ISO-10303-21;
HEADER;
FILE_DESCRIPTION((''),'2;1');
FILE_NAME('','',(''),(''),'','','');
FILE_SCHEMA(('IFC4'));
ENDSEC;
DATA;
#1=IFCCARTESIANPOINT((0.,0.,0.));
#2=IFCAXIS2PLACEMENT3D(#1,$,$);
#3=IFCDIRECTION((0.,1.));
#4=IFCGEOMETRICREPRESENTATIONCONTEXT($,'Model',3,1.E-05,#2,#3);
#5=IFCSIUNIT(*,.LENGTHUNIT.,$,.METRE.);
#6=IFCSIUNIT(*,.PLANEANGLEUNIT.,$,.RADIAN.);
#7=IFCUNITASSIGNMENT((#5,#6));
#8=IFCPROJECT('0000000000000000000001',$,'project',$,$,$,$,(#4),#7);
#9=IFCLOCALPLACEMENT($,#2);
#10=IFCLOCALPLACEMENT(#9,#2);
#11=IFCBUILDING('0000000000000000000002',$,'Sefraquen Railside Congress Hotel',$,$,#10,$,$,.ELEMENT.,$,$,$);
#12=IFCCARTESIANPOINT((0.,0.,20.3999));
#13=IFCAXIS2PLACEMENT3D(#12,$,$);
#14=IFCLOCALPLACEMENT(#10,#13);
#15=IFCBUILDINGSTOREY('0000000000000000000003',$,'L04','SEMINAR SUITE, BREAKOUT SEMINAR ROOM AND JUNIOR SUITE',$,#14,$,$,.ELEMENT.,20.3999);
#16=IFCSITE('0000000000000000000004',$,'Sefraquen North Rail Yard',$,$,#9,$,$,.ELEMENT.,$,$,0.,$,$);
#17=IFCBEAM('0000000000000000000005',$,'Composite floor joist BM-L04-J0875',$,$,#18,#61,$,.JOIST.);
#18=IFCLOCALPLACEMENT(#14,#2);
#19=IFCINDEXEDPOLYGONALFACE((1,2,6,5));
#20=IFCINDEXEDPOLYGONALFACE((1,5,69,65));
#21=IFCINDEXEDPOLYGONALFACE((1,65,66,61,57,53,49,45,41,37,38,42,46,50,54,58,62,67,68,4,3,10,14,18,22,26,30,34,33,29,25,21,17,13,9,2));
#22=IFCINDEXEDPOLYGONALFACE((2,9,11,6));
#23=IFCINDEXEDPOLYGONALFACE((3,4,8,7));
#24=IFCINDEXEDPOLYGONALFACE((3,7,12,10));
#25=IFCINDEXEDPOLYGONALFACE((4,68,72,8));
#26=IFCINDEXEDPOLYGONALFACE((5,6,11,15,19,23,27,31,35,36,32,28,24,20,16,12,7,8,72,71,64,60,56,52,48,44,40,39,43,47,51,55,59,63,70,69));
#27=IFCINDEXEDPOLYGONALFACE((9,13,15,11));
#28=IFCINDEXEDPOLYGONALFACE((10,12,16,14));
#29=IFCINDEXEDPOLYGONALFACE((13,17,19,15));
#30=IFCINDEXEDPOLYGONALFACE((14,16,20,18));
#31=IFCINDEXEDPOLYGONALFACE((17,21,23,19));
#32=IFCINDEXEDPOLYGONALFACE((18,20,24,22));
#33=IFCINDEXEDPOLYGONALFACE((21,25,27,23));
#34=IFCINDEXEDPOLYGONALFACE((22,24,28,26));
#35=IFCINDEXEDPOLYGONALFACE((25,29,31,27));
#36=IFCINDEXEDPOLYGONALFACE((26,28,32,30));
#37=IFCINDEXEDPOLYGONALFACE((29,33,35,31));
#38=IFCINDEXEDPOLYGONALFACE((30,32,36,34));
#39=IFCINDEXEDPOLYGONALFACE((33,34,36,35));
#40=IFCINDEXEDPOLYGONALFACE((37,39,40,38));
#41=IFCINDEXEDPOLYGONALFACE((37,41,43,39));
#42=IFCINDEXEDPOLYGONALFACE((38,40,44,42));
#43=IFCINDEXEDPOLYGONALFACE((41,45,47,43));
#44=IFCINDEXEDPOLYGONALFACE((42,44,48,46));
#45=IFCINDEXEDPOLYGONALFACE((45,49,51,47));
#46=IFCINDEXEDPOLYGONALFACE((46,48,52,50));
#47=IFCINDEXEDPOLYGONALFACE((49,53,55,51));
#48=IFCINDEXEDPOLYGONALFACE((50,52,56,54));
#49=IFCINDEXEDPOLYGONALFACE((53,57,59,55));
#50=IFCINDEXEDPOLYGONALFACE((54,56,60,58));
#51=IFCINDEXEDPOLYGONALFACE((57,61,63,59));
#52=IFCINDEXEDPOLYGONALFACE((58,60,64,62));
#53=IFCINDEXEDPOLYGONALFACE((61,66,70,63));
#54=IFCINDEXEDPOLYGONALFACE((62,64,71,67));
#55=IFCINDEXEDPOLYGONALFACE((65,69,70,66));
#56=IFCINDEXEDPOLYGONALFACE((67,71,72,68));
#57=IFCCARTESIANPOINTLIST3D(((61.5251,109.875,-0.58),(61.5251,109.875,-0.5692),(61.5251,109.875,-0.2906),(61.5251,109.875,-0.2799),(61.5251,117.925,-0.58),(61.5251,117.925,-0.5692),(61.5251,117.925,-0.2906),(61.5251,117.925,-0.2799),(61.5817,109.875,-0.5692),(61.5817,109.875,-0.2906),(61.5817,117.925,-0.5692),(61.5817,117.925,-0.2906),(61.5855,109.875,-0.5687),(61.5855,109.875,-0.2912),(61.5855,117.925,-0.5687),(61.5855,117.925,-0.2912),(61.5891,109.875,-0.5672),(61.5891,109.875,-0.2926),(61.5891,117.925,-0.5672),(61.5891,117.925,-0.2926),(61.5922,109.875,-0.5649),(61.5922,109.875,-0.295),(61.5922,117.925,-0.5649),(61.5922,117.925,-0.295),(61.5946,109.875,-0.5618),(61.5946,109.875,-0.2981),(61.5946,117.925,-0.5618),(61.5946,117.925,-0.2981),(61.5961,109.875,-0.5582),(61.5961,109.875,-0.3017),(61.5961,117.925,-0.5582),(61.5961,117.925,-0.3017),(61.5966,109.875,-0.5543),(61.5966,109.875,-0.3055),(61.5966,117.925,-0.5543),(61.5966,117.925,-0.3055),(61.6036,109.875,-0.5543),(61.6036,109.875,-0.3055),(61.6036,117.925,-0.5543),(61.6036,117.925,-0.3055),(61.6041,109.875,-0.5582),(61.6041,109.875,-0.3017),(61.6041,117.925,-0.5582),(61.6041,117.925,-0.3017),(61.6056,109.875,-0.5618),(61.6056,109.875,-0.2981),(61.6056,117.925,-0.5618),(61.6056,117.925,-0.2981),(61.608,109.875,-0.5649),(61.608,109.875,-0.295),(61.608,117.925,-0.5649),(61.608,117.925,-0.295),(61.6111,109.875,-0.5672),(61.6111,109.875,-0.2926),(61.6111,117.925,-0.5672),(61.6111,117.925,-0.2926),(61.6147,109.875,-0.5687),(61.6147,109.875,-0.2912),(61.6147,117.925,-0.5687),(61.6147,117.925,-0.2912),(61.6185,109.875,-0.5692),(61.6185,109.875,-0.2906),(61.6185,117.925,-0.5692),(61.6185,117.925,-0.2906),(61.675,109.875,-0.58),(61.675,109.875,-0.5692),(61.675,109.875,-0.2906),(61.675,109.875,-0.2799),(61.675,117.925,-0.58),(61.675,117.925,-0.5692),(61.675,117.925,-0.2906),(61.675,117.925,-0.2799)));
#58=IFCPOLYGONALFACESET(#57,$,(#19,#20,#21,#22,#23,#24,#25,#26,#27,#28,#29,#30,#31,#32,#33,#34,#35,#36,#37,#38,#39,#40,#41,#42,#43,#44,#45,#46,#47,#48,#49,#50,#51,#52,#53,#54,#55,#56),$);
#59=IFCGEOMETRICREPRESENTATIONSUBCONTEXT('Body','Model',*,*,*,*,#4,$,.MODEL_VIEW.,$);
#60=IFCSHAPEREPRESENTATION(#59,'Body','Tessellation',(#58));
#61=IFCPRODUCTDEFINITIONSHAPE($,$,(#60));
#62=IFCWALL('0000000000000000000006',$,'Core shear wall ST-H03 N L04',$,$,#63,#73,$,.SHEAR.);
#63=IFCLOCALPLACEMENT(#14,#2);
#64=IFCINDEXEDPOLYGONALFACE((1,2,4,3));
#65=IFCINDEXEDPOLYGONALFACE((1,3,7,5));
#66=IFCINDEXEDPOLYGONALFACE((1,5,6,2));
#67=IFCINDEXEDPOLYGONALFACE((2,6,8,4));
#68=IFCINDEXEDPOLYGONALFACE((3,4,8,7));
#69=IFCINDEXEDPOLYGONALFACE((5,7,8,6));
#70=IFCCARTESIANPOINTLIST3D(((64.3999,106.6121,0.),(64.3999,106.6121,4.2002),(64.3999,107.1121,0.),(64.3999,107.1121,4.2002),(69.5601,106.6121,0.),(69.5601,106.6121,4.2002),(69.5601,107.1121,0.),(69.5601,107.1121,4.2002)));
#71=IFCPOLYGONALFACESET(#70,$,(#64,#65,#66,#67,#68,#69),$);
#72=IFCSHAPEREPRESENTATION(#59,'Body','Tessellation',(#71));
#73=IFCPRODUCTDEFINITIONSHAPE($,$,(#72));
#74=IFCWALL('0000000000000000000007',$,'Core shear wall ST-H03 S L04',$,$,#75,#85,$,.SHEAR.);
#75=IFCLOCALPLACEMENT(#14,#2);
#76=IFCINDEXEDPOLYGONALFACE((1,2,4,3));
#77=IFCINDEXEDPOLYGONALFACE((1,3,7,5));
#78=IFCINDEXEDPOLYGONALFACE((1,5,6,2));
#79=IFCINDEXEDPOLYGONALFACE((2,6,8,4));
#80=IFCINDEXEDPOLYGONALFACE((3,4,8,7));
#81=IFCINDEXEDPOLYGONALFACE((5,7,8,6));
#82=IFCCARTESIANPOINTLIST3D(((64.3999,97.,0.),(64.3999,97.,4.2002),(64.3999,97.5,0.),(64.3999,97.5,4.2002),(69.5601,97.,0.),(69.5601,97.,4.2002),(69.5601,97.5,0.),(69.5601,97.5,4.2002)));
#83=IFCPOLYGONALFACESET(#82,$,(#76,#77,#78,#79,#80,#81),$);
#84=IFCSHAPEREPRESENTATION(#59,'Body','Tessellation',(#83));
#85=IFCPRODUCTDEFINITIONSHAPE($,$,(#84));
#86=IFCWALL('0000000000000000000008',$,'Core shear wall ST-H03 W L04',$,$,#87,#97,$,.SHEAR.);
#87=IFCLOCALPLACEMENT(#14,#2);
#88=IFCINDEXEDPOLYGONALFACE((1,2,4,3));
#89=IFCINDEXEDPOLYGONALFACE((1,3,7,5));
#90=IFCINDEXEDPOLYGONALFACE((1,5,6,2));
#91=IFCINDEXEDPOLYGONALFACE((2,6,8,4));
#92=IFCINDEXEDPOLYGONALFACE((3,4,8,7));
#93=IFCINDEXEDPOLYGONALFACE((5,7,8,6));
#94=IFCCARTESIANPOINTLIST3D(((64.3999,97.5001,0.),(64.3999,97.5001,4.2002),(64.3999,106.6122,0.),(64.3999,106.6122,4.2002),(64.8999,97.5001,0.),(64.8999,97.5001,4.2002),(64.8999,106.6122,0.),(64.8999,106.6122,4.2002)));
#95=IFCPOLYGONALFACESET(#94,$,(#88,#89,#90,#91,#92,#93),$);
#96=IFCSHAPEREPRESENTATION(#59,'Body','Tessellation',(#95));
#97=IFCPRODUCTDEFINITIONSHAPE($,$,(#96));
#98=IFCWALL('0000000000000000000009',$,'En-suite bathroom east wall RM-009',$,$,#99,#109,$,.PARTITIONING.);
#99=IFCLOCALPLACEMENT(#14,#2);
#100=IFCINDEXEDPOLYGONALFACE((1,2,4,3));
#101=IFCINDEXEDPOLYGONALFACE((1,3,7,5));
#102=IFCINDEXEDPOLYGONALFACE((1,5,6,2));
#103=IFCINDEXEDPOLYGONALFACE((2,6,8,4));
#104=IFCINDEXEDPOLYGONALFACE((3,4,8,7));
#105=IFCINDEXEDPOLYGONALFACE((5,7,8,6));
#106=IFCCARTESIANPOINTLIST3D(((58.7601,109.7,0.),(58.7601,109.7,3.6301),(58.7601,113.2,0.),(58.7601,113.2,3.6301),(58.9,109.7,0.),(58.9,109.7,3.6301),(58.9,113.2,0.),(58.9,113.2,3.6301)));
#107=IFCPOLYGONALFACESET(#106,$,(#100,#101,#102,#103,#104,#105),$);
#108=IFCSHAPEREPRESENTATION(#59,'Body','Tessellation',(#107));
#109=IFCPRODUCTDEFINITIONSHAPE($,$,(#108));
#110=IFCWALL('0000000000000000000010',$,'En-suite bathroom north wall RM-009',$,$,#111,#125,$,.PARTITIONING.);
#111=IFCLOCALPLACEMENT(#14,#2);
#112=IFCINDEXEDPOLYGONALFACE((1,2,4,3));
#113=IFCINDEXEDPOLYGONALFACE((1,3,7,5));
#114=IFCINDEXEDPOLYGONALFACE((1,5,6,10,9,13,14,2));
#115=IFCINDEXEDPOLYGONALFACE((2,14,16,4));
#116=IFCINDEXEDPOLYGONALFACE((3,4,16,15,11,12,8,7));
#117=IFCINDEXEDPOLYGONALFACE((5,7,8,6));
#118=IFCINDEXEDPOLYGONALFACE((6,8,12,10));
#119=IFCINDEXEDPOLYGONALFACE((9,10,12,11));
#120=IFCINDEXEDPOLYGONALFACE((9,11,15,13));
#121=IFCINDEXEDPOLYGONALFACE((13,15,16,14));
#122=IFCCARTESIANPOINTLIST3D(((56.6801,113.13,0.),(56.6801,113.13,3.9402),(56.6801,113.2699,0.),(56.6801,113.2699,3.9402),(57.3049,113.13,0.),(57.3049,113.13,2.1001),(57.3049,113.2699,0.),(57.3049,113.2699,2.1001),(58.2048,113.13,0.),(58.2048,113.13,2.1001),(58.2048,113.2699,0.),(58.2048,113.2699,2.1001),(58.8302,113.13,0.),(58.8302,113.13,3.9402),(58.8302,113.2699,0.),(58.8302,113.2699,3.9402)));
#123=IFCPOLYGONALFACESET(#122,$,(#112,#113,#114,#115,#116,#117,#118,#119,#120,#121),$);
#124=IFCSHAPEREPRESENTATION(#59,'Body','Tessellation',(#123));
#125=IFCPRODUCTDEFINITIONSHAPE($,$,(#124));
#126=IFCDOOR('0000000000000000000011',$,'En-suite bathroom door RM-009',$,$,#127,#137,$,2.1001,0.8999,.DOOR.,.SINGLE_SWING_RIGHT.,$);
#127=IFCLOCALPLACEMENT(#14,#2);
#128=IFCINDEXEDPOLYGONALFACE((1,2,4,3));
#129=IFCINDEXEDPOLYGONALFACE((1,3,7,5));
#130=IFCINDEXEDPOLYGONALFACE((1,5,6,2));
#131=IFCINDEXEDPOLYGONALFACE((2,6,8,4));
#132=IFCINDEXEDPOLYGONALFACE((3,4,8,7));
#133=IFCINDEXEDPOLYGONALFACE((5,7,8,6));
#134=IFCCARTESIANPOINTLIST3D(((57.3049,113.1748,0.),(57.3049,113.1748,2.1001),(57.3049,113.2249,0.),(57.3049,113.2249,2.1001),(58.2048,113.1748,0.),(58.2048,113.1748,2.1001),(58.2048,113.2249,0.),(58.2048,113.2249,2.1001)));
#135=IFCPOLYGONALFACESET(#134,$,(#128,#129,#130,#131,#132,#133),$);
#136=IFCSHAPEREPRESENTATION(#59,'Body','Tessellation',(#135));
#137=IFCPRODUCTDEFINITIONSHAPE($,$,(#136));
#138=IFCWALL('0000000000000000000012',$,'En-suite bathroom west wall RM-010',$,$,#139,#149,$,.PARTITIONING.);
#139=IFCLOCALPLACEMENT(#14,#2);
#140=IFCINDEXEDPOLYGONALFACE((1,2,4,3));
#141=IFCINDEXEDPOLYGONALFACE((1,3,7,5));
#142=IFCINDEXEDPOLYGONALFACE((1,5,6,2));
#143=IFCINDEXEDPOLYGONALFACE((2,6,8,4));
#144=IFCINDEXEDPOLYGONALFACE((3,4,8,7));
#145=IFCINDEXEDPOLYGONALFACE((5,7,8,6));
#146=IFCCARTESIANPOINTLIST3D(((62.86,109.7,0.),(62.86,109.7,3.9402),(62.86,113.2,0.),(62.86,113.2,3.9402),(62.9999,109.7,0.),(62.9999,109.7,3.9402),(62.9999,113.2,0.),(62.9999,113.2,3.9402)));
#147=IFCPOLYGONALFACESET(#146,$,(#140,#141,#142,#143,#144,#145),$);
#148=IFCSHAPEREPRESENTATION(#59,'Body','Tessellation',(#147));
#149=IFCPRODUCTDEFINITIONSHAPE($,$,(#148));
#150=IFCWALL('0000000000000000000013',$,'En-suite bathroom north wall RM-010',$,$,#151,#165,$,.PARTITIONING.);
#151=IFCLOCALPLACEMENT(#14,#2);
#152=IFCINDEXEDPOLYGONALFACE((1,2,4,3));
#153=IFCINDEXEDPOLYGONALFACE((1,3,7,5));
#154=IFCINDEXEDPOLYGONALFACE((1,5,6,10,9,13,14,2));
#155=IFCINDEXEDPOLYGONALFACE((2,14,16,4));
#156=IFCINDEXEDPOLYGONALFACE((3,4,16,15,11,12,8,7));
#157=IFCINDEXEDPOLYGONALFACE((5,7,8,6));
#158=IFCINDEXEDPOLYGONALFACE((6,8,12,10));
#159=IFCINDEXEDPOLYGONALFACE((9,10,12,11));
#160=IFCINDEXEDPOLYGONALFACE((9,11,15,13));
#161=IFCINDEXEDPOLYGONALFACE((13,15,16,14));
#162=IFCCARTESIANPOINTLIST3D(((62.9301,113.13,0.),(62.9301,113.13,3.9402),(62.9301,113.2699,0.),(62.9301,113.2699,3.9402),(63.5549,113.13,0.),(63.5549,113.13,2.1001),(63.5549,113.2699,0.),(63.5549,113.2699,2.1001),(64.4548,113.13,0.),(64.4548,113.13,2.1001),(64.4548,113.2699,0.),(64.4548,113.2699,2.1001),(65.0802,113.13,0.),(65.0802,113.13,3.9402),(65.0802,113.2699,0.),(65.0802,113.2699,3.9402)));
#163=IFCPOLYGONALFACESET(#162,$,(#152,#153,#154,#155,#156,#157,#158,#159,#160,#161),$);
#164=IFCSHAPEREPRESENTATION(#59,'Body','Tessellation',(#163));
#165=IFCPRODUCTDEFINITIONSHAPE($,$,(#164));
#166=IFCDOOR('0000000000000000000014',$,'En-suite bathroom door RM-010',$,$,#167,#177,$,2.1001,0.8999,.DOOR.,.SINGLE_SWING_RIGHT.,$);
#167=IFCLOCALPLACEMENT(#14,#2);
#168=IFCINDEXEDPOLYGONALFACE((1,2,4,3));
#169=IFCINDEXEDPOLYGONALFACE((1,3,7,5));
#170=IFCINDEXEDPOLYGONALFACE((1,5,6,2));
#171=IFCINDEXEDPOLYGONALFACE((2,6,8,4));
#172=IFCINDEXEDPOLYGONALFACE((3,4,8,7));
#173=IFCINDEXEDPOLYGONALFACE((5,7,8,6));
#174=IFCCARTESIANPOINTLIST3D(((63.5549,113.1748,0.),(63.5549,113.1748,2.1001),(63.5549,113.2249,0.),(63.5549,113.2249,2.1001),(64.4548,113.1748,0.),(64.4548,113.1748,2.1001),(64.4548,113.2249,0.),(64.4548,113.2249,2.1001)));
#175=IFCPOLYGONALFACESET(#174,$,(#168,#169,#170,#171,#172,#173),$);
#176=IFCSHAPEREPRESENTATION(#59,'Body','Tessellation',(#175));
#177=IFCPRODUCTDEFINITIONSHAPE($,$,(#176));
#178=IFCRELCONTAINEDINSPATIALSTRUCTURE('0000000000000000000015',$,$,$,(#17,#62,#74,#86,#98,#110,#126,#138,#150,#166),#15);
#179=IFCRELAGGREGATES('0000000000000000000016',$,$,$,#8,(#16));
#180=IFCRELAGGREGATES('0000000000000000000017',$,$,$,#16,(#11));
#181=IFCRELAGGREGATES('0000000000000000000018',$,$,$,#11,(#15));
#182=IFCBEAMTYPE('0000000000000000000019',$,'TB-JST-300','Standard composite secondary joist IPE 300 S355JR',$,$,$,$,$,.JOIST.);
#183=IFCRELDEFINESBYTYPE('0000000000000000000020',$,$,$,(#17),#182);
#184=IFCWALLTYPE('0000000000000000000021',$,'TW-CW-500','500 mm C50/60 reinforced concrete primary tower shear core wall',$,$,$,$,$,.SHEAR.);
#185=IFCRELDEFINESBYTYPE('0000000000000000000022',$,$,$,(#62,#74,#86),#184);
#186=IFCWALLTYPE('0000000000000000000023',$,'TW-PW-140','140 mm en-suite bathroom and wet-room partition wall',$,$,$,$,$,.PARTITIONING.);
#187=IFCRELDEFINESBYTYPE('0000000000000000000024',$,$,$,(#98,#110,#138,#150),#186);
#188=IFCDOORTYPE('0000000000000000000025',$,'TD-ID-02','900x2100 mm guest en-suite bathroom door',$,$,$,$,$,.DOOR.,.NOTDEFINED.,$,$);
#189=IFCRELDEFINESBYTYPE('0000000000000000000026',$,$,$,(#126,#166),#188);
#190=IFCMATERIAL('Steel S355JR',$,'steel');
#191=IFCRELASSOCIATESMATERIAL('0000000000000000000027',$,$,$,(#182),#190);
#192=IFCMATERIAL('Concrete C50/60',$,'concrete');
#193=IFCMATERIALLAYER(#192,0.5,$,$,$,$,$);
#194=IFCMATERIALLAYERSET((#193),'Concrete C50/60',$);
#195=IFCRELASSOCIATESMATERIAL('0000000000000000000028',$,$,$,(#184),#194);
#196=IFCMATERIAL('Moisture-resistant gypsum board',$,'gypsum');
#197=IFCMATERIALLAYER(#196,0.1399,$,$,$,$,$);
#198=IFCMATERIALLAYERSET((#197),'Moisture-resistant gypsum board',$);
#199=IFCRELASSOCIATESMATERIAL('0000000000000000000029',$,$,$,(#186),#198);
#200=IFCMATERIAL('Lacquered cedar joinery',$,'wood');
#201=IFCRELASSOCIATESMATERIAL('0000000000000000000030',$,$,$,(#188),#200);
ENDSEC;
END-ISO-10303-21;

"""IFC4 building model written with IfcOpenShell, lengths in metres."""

from ifc_helpers import new_model, si_unit, direction, frame, frame_2d, origin, origin_2d, place, context, subcontext, project, spatial, rectangle, i_section, extrude, material, layer, layer_set, material_profile, profile_set, type_object, element, fill, save


model = new_model("IFC4")

# Units and contexts
model_context = context("Model", 3, precision=1e-05, world=origin(), true_north=direction((0.0, 1.0)))
body_context = subcontext(model_context, "Body", "Model", "MODEL_VIEW")
ifc_project = project(units=[si_unit("LENGTHUNIT", "METRE"), si_unit("PLANEANGLEUNIT", "RADIAN")], contexts=[model_context])

# Site, building, storey
site_placement = place(None, origin())
site = spatial("IfcSite", under=ifc_project, at=site_placement, Name="Sefraquen North Rail Yard", CompositionType="ELEMENT", RefElevation=0.0)
building_placement = place(site_placement, origin())
building = spatial("IfcBuilding", under=site, at=building_placement, Name="Sefraquen Railside Congress Hotel", CompositionType="ELEMENT")
storey_placement = place(building_placement, frame((0.0, 0.0, 20.3999)))
storey = spatial("IfcBuildingStorey", under=building, at=storey_placement, Name="L04", Description="SEMINAR SUITE, BREAKOUT SEMINAR ROOM AND JUNIOR SUITE", CompositionType="ELEMENT", Elevation=20.3999)

# Shared definitions
ifc_material_1 = material(Name="Steel S355JR", Category="steel")

# Beam
ifc_material_profile_1 = material_profile(ifc_material_1, i_section(OverallWidth=0.1499, OverallDepth=0.3, WebThickness=0.0071, FlangeThickness=0.0107, FilletRadius=0.0149, at=origin_2d()), Name="IPE 300")
ifc_profile_set_1 = profile_set([ifc_material_profile_1], Name="Steel S355JR")
beam_type_1 = type_object("IfcBeamType", Name="TB-JST-300", Description="Standard composite secondary joist IPE 300 S355JR", PredefinedType="JOIST", material=ifc_profile_set_1)
for number, where, z_axis, x_axis, name in (
    (1, (61.6001, 109.875, -0.4299), (0.0, 1.0, 0.0), (-1.0, 0.0, 0.0), "Composite floor joist BM-L04-J0875"),
):
    element("IfcBeam", number, at=place(storey_placement, frame(where, z_axis=z_axis, x_axis=x_axis)), inside=storey, type_object=beam_type_1, Name=name, PredefinedType="JOIST", context=body_context, shape_type="SweptSolid", body=[
        extrude(i_section(OverallWidth=0.1499, OverallDepth=0.3, WebThickness=0.0071, FlangeThickness=0.0107, FilletRadius=0.0149, at=origin_2d()), origin(), (0.0, 0.0, 1.0), 8.05),
    ])

# Walls
ifc_material_2 = material(Name="Concrete C50/60", Category="concrete")
ifc_layer_1 = layer(ifc_material_2, 0.5)
ifc_layer_set_1 = layer_set([ifc_layer_1], Name="Concrete C50/60")
wall_type_1 = type_object("IfcWallType", Name="TW-CW-500", Description="500 mm C50/60 reinforced concrete primary tower shear core wall", PredefinedType="SHEAR", material=ifc_layer_set_1)
for number, where, z_axis, x_axis, name in (
    (2, (64.3999, 106.8621, 0.0), (0.0, 0.0, 1.0), (1.0, 0.0, 0.0), "Core shear wall ST-H03 N L04"),
    (3, (64.3999, 97.25, 0.0), (0.0, 0.0, 1.0), (1.0, 0.0, 0.0), "Core shear wall ST-H03 S L04"),
):
    element("IfcWall", number, at=place(storey_placement, frame(where, z_axis=z_axis, x_axis=x_axis)), inside=storey, type_object=wall_type_1, Name=name, PredefinedType="SHEAR", context=body_context, shape_type="SweptSolid", body=[
        extrude(rectangle(XDim=5.1602, YDim=0.5, at=frame_2d((2.5801, 0.0))), origin(), (0.0, 0.0, 1.0), 4.2002),
    ])
wall_1_placement = place(storey_placement, frame((64.6499, 97.5, 0.0), z_axis=(0.0, 0.0, 1.0), x_axis=(0.0, 1.0, 0.0)))
element("IfcWall", 4, at=wall_1_placement, inside=storey, type_object=wall_type_1, Name="Core shear wall ST-H03 W L04", PredefinedType="SHEAR", context=body_context, shape_type="SweptSolid", body=[
    extrude(rectangle(XDim=9.1121, YDim=0.5, at=frame_2d((4.5562, 0.0))), origin(), (0.0, 0.0, 1.0), 4.2002),
])
ifc_material_3 = material(Name="Moisture-resistant gypsum board", Category="gypsum")
ifc_layer_2 = layer(ifc_material_3, 0.1399)
ifc_layer_set_2 = layer_set([ifc_layer_2], Name="Moisture-resistant gypsum board")
wall_type_2 = type_object("IfcWallType", Name="TW-PW-140", Description="140 mm en-suite bathroom and wet-room partition wall", PredefinedType="PARTITIONING", material=ifc_layer_set_2)
wall_2_placement = place(storey_placement, frame((58.8301, 109.7, 0.0), z_axis=(0.0, 0.0, 1.0), x_axis=(0.0, 1.0, 0.0)))
element("IfcWall", 5, at=wall_2_placement, inside=storey, type_object=wall_type_2, Name="En-suite bathroom east wall RM-009", PredefinedType="PARTITIONING", context=body_context, shape_type="SweptSolid", body=[
    extrude(rectangle(XDim=3.5, YDim=0.1399, at=frame_2d((1.75, 0.0))), origin(), (0.0, 0.0, 1.0), 3.6301),
])

# Wall, opening, door
wall_3_placement = place(storey_placement, frame((56.6799, 113.2, 0.0), z_axis=(0.0, 0.0, 1.0), x_axis=(1.0, 0.0, 0.0)))
wall_3 = element("IfcWall", 6, at=wall_3_placement, inside=storey, type_object=wall_type_2, Name="En-suite bathroom north wall RM-009", PredefinedType="PARTITIONING", context=body_context, shape_type="SweptSolid", body=[
    extrude(rectangle(XDim=2.1501, YDim=0.1399, at=frame_2d((1.0752, 0.0))), origin(), (0.0, 0.0, 1.0), 3.9402),
])
opening_1_placement = place(wall_3_placement, frame((0.625, 0.0, 0.0)))
opening_1 = element("IfcOpeningElement", 7, at=opening_1_placement, cuts=wall_3, PredefinedType="OPENING", context=body_context, shape_type="SweptSolid", body=[
    extrude(rectangle(XDim=0.8999, YDim=2.1001, at=frame_2d((0.45, 1.05))), frame((0.0, 0.0798, 0.0), z_axis=(0.0, -1.0, 0.0), x_axis=(1.0, 0.0, 0.0)), (0.0, 0.0, 1.0), 0.1599),
])
ifc_material_4 = material(Name="Lacquered cedar joinery", Category="wood")
door_type = type_object("IfcDoorType", Name="TD-ID-02", Description="900x2100 mm guest en-suite bathroom door", OperationType="NOTDEFINED", PredefinedType="DOOR", material=ifc_material_4)
door_1_placement = place(opening_1_placement, origin())
door_1 = element("IfcDoor", 8, at=door_1_placement, inside=storey, type_object=door_type, Name="En-suite bathroom door RM-009", OperationType="SINGLE_SWING_RIGHT", OverallHeight=2.1001, OverallWidth=0.8999, PredefinedType="DOOR", context=body_context, shape_type="SweptSolid", body=[
    extrude(rectangle(XDim=0.8999, YDim=2.1001, at=frame_2d((0.45, 1.05))), frame((0.0, 0.0249, 0.0), z_axis=(0.0, -1.0, 0.0), x_axis=(1.0, 0.0, 0.0)), (0.0, 0.0, 1.0), 0.05),
])
fill(opening_1, door_1)

# Wall
wall_4_placement = place(storey_placement, frame((62.9299, 109.7, 0.0), z_axis=(0.0, 0.0, 1.0), x_axis=(0.0, 1.0, 0.0)))
element("IfcWall", 9, at=wall_4_placement, inside=storey, type_object=wall_type_2, Name="En-suite bathroom west wall RM-010", PredefinedType="PARTITIONING", context=body_context, shape_type="SweptSolid", body=[
    extrude(rectangle(XDim=3.5, YDim=0.1399, at=frame_2d((1.75, 0.0))), origin(), (0.0, 0.0, 1.0), 3.9402),
])

# Wall, opening, door
wall_5_placement = place(storey_placement, frame((62.9299, 113.2, 0.0), z_axis=(0.0, 0.0, 1.0), x_axis=(1.0, 0.0, 0.0)))
wall_5 = element("IfcWall", 10, at=wall_5_placement, inside=storey, type_object=wall_type_2, Name="En-suite bathroom north wall RM-010", PredefinedType="PARTITIONING", context=body_context, shape_type="SweptSolid", body=[
    extrude(rectangle(XDim=2.1501, YDim=0.1399, at=frame_2d((1.0752, 0.0))), origin(), (0.0, 0.0, 1.0), 3.9402),
])
opening_2_placement = place(wall_5_placement, frame((0.625, 0.0, 0.0)))
opening_2 = element("IfcOpeningElement", 11, at=opening_2_placement, cuts=wall_5, PredefinedType="OPENING", context=body_context, shape_type="SweptSolid", body=[
    extrude(rectangle(XDim=0.8999, YDim=2.1001, at=frame_2d((0.45, 1.05))), frame((0.0, 0.0798, 0.0), z_axis=(0.0, -1.0, 0.0), x_axis=(1.0, 0.0, 0.0)), (0.0, 0.0, 1.0), 0.1599),
])
door_2_placement = place(opening_2_placement, origin())
door_2 = element("IfcDoor", 12, at=door_2_placement, inside=storey, type_object=door_type, Name="En-suite bathroom door RM-010", OperationType="SINGLE_SWING_RIGHT", OverallHeight=2.1001, OverallWidth=0.8999, PredefinedType="DOOR", context=body_context, shape_type="SweptSolid", body=[
    extrude(rectangle(XDim=0.8999, YDim=2.1001, at=frame_2d((0.45, 1.05))), frame((0.0, 0.0249, 0.0), z_axis=(0.0, -1.0, 0.0), x_axis=(1.0, 0.0, 0.0)), (0.0, 0.0, 1.0), 0.05),
])
fill(opening_2, door_2)

save(model, "model.ifc")
